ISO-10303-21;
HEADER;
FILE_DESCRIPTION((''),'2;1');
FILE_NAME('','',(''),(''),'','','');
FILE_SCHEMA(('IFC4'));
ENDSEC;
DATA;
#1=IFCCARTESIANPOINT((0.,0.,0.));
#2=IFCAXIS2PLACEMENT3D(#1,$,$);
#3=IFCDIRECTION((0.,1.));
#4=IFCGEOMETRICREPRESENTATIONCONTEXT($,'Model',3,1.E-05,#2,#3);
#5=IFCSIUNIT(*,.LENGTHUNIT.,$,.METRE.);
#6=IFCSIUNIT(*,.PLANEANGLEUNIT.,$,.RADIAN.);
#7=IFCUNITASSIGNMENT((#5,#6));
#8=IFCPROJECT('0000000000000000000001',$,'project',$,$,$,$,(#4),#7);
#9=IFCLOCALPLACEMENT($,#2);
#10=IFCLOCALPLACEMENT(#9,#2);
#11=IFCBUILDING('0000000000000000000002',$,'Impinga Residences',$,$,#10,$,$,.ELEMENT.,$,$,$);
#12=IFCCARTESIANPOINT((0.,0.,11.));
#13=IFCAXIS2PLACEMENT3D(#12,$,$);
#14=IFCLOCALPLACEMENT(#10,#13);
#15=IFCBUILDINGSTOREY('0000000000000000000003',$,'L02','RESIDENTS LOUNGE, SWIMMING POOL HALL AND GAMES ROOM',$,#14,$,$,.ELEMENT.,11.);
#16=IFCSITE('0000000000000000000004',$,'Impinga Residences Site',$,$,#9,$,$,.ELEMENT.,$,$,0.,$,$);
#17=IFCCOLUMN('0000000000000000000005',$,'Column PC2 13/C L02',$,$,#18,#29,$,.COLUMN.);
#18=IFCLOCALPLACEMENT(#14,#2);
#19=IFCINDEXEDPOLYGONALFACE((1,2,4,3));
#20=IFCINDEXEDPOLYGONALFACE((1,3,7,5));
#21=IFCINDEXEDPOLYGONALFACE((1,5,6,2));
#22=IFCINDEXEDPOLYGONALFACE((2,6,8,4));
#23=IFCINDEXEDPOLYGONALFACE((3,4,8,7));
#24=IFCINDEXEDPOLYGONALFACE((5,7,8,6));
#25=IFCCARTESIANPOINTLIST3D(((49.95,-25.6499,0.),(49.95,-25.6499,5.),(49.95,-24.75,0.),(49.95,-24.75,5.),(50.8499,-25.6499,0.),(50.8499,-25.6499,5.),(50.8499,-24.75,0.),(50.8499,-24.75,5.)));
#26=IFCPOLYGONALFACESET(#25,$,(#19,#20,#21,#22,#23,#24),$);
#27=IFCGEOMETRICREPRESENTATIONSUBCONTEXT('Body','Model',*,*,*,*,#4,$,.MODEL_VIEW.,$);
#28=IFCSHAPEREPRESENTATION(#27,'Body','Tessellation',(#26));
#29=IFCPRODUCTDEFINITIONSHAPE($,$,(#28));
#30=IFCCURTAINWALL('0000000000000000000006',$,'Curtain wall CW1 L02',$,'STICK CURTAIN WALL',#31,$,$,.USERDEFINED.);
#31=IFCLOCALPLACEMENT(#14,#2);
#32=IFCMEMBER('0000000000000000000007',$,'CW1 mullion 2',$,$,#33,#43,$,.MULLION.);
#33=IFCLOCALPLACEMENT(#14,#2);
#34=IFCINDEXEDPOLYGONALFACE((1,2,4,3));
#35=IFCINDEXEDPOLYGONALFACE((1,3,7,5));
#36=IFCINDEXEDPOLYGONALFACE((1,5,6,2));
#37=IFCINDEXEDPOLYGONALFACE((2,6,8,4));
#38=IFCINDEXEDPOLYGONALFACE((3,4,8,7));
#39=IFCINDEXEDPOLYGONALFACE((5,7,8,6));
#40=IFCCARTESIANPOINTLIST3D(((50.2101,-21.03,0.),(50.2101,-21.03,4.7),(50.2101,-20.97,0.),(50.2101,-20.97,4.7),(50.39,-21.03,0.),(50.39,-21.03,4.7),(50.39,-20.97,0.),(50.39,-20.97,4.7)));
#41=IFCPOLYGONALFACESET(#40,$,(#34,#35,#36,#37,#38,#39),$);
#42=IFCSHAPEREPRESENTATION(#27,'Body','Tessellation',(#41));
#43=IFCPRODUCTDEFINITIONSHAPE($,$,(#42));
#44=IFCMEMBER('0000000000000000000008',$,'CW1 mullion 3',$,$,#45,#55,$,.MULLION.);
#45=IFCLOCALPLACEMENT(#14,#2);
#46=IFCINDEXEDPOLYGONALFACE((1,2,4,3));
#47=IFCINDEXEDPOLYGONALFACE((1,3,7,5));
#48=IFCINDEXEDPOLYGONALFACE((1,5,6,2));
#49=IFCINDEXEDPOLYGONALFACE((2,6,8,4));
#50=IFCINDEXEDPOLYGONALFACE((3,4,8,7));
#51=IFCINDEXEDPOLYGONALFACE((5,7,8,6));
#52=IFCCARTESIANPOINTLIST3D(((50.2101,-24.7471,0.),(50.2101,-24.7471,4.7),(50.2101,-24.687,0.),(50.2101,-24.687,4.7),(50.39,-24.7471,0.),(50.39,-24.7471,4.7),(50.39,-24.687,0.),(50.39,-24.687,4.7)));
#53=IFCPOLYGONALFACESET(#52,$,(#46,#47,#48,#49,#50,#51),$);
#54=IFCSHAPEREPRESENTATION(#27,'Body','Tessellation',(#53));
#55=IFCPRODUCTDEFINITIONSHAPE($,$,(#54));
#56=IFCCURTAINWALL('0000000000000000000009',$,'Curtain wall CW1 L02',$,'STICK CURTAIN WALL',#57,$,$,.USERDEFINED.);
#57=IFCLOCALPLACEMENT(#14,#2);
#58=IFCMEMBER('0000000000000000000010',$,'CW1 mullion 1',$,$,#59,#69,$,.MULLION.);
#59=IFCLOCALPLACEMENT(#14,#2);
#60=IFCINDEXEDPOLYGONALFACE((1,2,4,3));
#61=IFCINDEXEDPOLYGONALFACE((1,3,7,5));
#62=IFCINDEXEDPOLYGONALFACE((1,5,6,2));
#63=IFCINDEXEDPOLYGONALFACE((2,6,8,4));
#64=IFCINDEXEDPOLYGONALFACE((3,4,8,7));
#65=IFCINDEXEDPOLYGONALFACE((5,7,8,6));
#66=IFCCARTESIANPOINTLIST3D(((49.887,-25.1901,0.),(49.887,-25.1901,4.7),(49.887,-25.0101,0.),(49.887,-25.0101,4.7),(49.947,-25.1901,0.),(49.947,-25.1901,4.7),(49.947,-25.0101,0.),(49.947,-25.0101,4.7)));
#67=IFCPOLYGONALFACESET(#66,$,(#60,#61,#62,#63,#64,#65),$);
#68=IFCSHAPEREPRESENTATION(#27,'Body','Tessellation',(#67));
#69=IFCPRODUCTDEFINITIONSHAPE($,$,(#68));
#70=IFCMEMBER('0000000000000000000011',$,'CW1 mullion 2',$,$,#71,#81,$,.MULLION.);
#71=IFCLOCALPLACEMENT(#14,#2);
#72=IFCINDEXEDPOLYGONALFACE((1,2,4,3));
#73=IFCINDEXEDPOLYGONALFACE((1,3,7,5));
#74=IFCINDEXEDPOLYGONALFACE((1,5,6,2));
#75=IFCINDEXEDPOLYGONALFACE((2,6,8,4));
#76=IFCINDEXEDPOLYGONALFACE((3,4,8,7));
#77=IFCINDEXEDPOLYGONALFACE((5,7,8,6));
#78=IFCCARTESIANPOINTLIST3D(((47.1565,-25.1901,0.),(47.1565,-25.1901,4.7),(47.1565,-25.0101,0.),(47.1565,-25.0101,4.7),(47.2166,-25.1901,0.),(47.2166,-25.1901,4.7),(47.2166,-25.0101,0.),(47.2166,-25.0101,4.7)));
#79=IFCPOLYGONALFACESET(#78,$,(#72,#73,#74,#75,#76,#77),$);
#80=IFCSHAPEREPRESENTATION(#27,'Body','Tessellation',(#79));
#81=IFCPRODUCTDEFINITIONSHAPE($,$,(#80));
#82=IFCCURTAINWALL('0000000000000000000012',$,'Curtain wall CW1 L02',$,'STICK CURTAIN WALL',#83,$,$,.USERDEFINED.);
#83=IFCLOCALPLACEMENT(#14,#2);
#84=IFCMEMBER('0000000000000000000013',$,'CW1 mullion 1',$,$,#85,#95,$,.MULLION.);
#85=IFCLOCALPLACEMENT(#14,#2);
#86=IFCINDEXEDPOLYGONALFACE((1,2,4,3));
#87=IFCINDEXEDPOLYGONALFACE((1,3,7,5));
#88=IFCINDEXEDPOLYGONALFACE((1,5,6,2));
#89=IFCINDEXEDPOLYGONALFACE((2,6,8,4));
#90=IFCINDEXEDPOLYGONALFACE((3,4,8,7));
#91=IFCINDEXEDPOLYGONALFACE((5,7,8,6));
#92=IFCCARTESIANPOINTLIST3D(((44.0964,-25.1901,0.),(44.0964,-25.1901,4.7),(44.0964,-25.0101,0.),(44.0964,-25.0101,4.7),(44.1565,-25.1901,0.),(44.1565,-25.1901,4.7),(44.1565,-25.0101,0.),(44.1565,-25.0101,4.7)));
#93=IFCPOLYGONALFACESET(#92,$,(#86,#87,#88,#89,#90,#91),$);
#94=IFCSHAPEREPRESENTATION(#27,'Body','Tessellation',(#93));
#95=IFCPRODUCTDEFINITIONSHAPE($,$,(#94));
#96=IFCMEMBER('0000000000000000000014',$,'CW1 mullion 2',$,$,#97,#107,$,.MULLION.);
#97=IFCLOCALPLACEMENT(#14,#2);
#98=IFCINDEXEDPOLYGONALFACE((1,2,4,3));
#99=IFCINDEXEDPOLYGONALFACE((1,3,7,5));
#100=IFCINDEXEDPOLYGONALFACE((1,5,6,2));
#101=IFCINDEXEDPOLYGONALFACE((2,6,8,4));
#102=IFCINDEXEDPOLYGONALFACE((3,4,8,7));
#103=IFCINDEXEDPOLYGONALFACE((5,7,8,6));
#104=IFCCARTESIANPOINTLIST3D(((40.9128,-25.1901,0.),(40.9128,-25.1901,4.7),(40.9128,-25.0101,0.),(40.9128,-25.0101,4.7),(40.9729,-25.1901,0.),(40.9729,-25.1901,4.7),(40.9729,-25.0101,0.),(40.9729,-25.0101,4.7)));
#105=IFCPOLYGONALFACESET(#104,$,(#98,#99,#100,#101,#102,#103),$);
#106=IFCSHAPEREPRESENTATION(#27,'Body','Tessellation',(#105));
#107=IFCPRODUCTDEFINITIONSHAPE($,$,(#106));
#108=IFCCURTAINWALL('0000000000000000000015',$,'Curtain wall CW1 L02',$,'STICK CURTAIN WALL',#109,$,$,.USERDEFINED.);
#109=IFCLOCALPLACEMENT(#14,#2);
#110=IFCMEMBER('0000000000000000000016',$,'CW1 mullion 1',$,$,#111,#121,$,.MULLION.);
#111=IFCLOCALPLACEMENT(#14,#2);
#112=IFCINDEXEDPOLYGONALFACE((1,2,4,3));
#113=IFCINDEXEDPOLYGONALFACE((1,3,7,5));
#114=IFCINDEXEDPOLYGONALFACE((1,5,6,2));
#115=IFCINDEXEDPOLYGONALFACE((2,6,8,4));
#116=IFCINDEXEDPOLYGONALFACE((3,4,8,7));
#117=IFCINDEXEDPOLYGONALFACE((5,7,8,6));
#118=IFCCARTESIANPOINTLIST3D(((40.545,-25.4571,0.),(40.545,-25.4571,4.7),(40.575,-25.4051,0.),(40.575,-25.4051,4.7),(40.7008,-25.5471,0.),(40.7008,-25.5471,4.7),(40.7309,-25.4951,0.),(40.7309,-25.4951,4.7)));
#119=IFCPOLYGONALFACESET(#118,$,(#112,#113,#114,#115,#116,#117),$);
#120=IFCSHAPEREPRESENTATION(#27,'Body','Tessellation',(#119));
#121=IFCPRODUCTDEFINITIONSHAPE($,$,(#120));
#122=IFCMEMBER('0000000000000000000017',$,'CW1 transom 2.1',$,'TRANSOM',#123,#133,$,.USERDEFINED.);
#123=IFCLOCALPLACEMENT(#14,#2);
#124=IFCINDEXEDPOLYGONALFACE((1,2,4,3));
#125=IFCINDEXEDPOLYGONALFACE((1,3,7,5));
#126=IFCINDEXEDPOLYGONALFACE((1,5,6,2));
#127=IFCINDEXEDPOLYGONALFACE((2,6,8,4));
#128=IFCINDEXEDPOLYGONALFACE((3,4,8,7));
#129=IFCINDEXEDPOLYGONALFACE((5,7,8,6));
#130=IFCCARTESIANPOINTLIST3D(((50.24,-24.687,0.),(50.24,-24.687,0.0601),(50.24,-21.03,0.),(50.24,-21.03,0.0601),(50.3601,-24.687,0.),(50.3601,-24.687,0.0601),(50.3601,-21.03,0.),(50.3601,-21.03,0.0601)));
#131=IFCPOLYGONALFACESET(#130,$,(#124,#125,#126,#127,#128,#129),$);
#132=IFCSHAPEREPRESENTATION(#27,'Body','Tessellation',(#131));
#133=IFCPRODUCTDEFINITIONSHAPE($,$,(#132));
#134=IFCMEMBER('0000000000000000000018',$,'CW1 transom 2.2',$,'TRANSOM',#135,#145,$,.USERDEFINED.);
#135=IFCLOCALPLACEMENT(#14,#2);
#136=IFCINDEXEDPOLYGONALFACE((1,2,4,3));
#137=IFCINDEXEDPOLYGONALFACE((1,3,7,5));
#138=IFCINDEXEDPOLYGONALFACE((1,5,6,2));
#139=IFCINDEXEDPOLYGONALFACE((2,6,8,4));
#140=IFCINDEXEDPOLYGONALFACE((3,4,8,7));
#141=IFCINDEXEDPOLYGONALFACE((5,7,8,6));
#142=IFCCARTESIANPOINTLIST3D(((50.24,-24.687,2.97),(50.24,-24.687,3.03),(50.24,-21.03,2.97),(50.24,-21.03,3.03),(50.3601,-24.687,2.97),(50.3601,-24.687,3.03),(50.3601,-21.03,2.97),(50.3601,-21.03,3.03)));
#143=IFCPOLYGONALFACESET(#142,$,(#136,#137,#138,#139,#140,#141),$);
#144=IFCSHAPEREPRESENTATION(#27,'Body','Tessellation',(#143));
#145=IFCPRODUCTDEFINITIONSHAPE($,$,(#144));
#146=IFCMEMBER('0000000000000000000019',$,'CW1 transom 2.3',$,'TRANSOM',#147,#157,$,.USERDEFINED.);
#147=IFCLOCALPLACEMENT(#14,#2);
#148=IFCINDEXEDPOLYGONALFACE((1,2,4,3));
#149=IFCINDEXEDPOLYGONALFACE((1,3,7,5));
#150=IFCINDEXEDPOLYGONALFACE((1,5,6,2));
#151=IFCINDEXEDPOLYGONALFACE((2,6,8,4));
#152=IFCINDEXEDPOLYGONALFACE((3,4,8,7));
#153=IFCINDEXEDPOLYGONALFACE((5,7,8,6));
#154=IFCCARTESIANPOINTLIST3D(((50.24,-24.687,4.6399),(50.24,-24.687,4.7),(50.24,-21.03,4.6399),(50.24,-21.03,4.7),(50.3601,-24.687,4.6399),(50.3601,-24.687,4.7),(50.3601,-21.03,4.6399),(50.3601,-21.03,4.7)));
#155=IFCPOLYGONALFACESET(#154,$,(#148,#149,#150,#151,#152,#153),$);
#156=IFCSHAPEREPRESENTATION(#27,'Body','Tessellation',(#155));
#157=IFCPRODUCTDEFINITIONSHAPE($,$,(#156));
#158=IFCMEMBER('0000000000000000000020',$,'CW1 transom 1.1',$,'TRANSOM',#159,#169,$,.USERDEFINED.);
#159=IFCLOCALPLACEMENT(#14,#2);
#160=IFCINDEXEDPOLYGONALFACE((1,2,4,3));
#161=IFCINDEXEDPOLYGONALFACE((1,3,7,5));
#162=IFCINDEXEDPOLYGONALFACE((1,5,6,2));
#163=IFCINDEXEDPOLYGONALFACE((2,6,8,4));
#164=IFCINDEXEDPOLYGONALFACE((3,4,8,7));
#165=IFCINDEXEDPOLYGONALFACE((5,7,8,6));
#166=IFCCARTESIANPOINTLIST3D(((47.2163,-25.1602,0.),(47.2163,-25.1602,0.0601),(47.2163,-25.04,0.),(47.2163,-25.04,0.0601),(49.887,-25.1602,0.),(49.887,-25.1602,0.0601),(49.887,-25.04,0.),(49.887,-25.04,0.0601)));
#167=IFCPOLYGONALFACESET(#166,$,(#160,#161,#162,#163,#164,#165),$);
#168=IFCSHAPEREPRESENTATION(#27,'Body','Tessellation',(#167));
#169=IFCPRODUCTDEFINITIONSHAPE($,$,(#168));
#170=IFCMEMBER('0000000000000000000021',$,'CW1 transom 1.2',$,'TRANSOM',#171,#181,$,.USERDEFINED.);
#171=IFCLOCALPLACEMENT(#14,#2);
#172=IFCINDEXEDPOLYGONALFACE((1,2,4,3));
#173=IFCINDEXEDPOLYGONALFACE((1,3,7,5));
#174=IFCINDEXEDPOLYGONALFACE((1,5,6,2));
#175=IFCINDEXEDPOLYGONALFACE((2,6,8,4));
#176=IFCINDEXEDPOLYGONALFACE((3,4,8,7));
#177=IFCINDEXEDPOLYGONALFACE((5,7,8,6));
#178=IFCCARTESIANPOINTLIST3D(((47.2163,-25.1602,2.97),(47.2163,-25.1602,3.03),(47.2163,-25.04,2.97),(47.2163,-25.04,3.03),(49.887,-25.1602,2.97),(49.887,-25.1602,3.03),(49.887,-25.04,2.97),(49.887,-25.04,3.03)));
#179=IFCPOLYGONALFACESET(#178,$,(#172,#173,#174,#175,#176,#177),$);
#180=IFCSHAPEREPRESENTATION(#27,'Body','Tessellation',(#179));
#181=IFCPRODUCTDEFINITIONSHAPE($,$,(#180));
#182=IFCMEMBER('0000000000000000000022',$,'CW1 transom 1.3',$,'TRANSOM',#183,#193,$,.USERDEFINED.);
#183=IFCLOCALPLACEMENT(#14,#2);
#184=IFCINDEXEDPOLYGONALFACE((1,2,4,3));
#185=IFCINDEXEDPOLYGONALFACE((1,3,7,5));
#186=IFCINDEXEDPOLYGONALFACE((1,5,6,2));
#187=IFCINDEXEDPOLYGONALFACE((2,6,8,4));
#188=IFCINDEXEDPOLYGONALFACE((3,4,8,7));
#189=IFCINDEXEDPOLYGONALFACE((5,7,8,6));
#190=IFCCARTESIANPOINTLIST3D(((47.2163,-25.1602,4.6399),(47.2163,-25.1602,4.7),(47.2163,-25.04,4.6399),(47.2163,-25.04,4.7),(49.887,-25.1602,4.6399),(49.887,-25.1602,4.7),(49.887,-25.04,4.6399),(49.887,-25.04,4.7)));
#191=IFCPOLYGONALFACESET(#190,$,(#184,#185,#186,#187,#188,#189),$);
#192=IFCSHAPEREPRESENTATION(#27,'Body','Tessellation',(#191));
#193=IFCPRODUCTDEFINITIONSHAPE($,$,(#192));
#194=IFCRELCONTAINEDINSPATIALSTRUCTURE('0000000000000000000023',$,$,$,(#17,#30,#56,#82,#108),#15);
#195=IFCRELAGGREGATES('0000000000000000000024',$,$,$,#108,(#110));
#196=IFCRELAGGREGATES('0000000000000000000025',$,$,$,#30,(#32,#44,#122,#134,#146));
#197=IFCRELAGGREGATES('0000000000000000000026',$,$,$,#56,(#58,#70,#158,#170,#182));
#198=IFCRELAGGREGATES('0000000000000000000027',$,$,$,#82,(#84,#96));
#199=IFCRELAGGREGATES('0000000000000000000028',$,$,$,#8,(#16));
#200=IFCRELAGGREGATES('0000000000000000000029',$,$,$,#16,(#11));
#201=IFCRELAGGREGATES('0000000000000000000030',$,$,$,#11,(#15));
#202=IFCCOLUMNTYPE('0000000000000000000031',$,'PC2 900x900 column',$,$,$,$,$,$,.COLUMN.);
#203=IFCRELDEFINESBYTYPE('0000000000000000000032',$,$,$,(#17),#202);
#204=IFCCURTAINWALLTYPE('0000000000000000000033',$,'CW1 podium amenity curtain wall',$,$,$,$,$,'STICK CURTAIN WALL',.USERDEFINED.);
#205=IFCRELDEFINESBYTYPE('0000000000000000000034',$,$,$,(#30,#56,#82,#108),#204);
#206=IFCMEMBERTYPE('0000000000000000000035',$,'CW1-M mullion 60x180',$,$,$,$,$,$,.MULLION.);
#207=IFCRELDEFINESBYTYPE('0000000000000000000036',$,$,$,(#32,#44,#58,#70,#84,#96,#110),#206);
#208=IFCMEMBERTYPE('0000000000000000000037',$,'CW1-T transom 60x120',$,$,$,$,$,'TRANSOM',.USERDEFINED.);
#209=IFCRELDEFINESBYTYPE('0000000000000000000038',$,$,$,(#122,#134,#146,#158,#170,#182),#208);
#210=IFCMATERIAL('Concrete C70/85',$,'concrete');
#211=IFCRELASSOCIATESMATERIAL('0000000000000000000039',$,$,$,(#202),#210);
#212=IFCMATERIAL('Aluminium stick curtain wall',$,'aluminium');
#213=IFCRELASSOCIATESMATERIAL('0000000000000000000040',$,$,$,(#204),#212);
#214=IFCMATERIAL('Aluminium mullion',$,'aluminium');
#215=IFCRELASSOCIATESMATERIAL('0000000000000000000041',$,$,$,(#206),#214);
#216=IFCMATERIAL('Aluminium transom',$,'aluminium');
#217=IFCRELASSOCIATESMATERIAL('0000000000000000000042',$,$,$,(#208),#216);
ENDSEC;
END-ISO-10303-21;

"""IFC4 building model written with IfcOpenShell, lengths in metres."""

from ifc_helpers import new_model, si_unit, direction, frame, origin, origin_2d, place, context, subcontext, project, spatial, rectangle, extrude, material, material_profile, profile_set, type_object, element, aggregate, save


model = new_model("IFC4")

# Units and contexts
model_context = context("Model", 3, precision=1e-05, world=origin(), true_north=direction((0.0, 1.0)))
body_context = subcontext(model_context, "Body", "Model", "MODEL_VIEW")
ifc_project = project(units=[si_unit("LENGTHUNIT", "METRE"), si_unit("PLANEANGLEUNIT", "RADIAN")], contexts=[model_context])

# Site, building, storey
site_placement = place(None, origin())
site = spatial("IfcSite", under=ifc_project, at=site_placement, Name="Impinga Residences Site", CompositionType="ELEMENT", RefElevation=0.0)
building_placement = place(site_placement, origin())
building = spatial("IfcBuilding", under=site, at=building_placement, Name="Impinga Residences", CompositionType="ELEMENT")
storey_placement = place(building_placement, frame((0.0, 0.0, 11.0)))
storey = spatial("IfcBuildingStorey", under=building, at=storey_placement, Name="L02", Description="RESIDENTS LOUNGE, SWIMMING POOL HALL AND GAMES ROOM", CompositionType="ELEMENT", Elevation=11.0)

# Column
ifc_material_1 = material(Name="Concrete C70/85", Category="concrete")
ifc_material_profile_1 = material_profile(ifc_material_1, rectangle(XDim=0.8999, YDim=0.8999, at=origin_2d()), Name="RC 900x900")
ifc_profile_set_1 = profile_set([ifc_material_profile_1], Name="Concrete C70/85")
column_type = type_object("IfcColumnType", Name="PC2 900x900 column", PredefinedType="COLUMN", material=ifc_profile_set_1)
column_placement = place(storey_placement, frame((50.3999, -25.2, 0.0), z_axis=(0.0, 0.0, 1.0), x_axis=(1.0, 0.0, 0.0)))
element("IfcColumn", 1, at=column_placement, inside=storey, type_object=column_type, Name="Column PC2 13/C L02", PredefinedType="COLUMN", context=body_context, shape_type="SweptSolid", body=[
    extrude(rectangle(XDim=0.8999, YDim=0.8999, at=origin_2d()), origin(), (0.0, 0.0, 1.0), 5.0),
])

# Curtain walls, members
ifc_material_2 = material(Name="Aluminium stick curtain wall", Category="aluminium")
curtain_wall_type = type_object("IfcCurtainWallType", Name="CW1 podium amenity curtain wall", ElementType="STICK CURTAIN WALL", PredefinedType="USERDEFINED", material=ifc_material_2)
curtain_wall_1_placement = place(storey_placement, origin())
curtain_wall_1 = element("IfcCurtainWall", 2, at=curtain_wall_1_placement, inside=storey, type_object=curtain_wall_type, Name="Curtain wall CW1 L02", ObjectType="STICK CURTAIN WALL", PredefinedType="USERDEFINED")
ifc_material_3 = material(Name="Aluminium mullion", Category="aluminium")
ifc_material_profile_2 = material_profile(ifc_material_3, rectangle(XDim=0.0601, YDim=0.1799, at=origin_2d()), Name="60x180 mullion")
ifc_profile_set_2 = profile_set([ifc_material_profile_2], Name="Aluminium mullion")
member_type_1 = type_object("IfcMemberType", Name="CW1-M mullion 60x180", PredefinedType="MULLION", material=ifc_profile_set_2)
member_1_placement = place(storey_placement, frame((50.3, -21.0, 0.0), z_axis=(0.0, 0.0, 1.0), x_axis=(0.0, -1.0, 0.0)))
member_1 = element("IfcMember", 3, at=member_1_placement, type_object=member_type_1, Name="CW1 mullion 2", PredefinedType="MULLION", context=body_context, shape_type="SweptSolid", body=[
    extrude(rectangle(XDim=0.0601, YDim=0.1799, at=origin_2d()), origin(), (0.0, 0.0, 1.0), 4.7),
])
member_2_placement = place(storey_placement, frame((50.3, -24.717, 0.0), z_axis=(0.0, 0.0, 1.0), x_axis=(0.0, -1.0, 0.0)))
member_2 = element("IfcMember", 4, at=member_2_placement, type_object=member_type_1, Name="CW1 mullion 3", PredefinedType="MULLION", context=body_context, shape_type="SweptSolid", body=[
    extrude(rectangle(XDim=0.0601, YDim=0.1799, at=origin_2d()), origin(), (0.0, 0.0, 1.0), 4.7),
])
curtain_wall_2_placement = place(storey_placement, origin())
curtain_wall_2 = element("IfcCurtainWall", 5, at=curtain_wall_2_placement, inside=storey, type_object=curtain_wall_type, Name="Curtain wall CW1 L02", ObjectType="STICK CURTAIN WALL", PredefinedType="USERDEFINED")
member_3_placement = place(storey_placement, frame((49.917, -25.1001, 0.0), z_axis=(0.0, 0.0, 1.0), x_axis=(-1.0, 0.0, 0.0)))
member_3 = element("IfcMember", 6, at=member_3_placement, type_object=member_type_1, Name="CW1 mullion 1", PredefinedType="MULLION", context=body_context, shape_type="SweptSolid", body=[
    extrude(rectangle(XDim=0.0601, YDim=0.1799, at=origin_2d()), origin(), (0.0, 0.0, 1.0), 4.7),
])
member_4_placement = place(storey_placement, frame((47.1865, -25.1001, 0.0), z_axis=(0.0, 0.0, 1.0), x_axis=(-1.0, 0.0, 0.0)))
member_4 = element("IfcMember", 7, at=member_4_placement, type_object=member_type_1, Name="CW1 mullion 2", PredefinedType="MULLION", context=body_context, shape_type="SweptSolid", body=[
    extrude(rectangle(XDim=0.0601, YDim=0.1799, at=origin_2d()), origin(), (0.0, 0.0, 1.0), 4.7),
])
curtain_wall_3_placement = place(storey_placement, origin())
curtain_wall_3 = element("IfcCurtainWall", 8, at=curtain_wall_3_placement, inside=storey, type_object=curtain_wall_type, Name="Curtain wall CW1 L02", ObjectType="STICK CURTAIN WALL", PredefinedType="USERDEFINED")
member_5_placement = place(storey_placement, frame((44.1265, -25.1001, 0.0), z_axis=(0.0, 0.0, 1.0), x_axis=(-1.0, 0.0, 0.0)))
member_5 = element("IfcMember", 9, at=member_5_placement, type_object=member_type_1, Name="CW1 mullion 1", PredefinedType="MULLION", context=body_context, shape_type="SweptSolid", body=[
    extrude(rectangle(XDim=0.0601, YDim=0.1799, at=origin_2d()), origin(), (0.0, 0.0, 1.0), 4.7),
])
member_6_placement = place(storey_placement, frame((40.9429, -25.1001, 0.0), z_axis=(0.0, 0.0, 1.0), x_axis=(-1.0, 0.0, 0.0)))
member_6 = element("IfcMember", 10, at=member_6_placement, type_object=member_type_1, Name="CW1 mullion 2", PredefinedType="MULLION", context=body_context, shape_type="SweptSolid", body=[
    extrude(rectangle(XDim=0.0601, YDim=0.1799, at=origin_2d()), origin(), (0.0, 0.0, 1.0), 4.7),
])

# Curtain wall, member
curtain_wall_4_placement = place(storey_placement, origin())
curtain_wall_4 = element("IfcCurtainWall", 11, at=curtain_wall_4_placement, inside=storey, type_object=curtain_wall_type, Name="Curtain wall CW1 L02", ObjectType="STICK CURTAIN WALL", PredefinedType="USERDEFINED")
member_7_placement = place(storey_placement, frame((40.6379, -25.4761, 0.0), z_axis=(0.0, 0.0, 1.0), x_axis=(-0.5, -0.866025, 0.0)))
member_7 = element("IfcMember", 12, at=member_7_placement, type_object=member_type_1, Name="CW1 mullion 1", PredefinedType="MULLION", context=body_context, shape_type="SweptSolid", body=[
    extrude(rectangle(XDim=0.0601, YDim=0.1799, at=origin_2d()), origin(), (0.0, 0.0, 1.0), 4.7),
])

# Members
ifc_material_4 = material(Name="Aluminium transom", Category="aluminium")
ifc_material_profile_3 = material_profile(ifc_material_4, rectangle(XDim=0.0601, YDim=0.1201, at=origin_2d()), Name="60x120 transom")
ifc_profile_set_3 = profile_set([ifc_material_profile_3], Name="Aluminium transom")
member_type_2 = type_object("IfcMemberType", Name="CW1-T transom 60x120", ElementType="TRANSOM", PredefinedType="USERDEFINED", material=ifc_profile_set_3)
member_8_placement = place(storey_placement, frame((50.3, -21.03, 0.03), z_axis=(0.0, -1.0, 0.0), x_axis=(0.0, 0.0, 1.0)))
member_8 = element("IfcMember", 13, at=member_8_placement, type_object=member_type_2, Name="CW1 transom 2.1", ObjectType="TRANSOM", PredefinedType="USERDEFINED", context=body_context, shape_type="SweptSolid", body=[
    extrude(rectangle(XDim=0.0601, YDim=0.1201, at=origin_2d()), origin(), (0.0, 0.0, 1.0), 3.657),
])
member_9_placement = place(storey_placement, frame((50.3, -21.03, 3.0), z_axis=(0.0, -1.0, 0.0), x_axis=(0.0, 0.0, 1.0)))
member_9 = element("IfcMember", 14, at=member_9_placement, type_object=member_type_2, Name="CW1 transom 2.2", ObjectType="TRANSOM", PredefinedType="USERDEFINED", context=body_context, shape_type="SweptSolid", body=[
    extrude(rectangle(XDim=0.0601, YDim=0.1201, at=origin_2d()), origin(), (0.0, 0.0, 1.0), 3.657),
])
member_10_placement = place(storey_placement, frame((50.3, -21.03, 4.6699), z_axis=(0.0, -1.0, 0.0), x_axis=(0.0, 0.0, 1.0)))
member_10 = element("IfcMember", 15, at=member_10_placement, type_object=member_type_2, Name="CW1 transom 2.3", ObjectType="TRANSOM", PredefinedType="USERDEFINED", context=body_context, shape_type="SweptSolid", body=[
    extrude(rectangle(XDim=0.0601, YDim=0.1201, at=origin_2d()), origin(), (0.0, 0.0, 1.0), 3.657),
])
member_11_placement = place(storey_placement, frame((49.887, -25.1001, 0.03), z_axis=(-1.0, 0.0, 0.0), x_axis=(0.0, 0.0, 1.0)))
member_11 = element("IfcMember", 16, at=member_11_placement, type_object=member_type_2, Name="CW1 transom 1.1", ObjectType="TRANSOM", PredefinedType="USERDEFINED", context=body_context, shape_type="SweptSolid", body=[
    extrude(rectangle(XDim=0.0601, YDim=0.1201, at=origin_2d()), origin(), (0.0, 0.0, 1.0), 2.6707),
])
member_12_placement = place(storey_placement, frame((49.887, -25.1001, 3.0), z_axis=(-1.0, 0.0, 0.0), x_axis=(0.0, 0.0, 1.0)))
member_12 = element("IfcMember", 17, at=member_12_placement, type_object=member_type_2, Name="CW1 transom 1.2", ObjectType="TRANSOM", PredefinedType="USERDEFINED", context=body_context, shape_type="SweptSolid", body=[
    extrude(rectangle(XDim=0.0601, YDim=0.1201, at=origin_2d()), origin(), (0.0, 0.0, 1.0), 2.6707),
])
member_13_placement = place(storey_placement, frame((49.887, -25.1001, 4.6699), z_axis=(-1.0, 0.0, 0.0), x_axis=(0.0, 0.0, 1.0)))
member_13 = element("IfcMember", 18, at=member_13_placement, type_object=member_type_2, Name="CW1 transom 1.3", ObjectType="TRANSOM", PredefinedType="USERDEFINED", context=body_context, shape_type="SweptSolid", body=[
    extrude(rectangle(XDim=0.0601, YDim=0.1201, at=origin_2d()), origin(), (0.0, 0.0, 1.0), 2.6707),
])
aggregate(curtain_wall_4, [member_7])

aggregate(curtain_wall_1, [member_1, member_2, member_8, member_9, member_10])
aggregate(curtain_wall_2, [member_3, member_4, member_11, member_12, member_13])
aggregate(curtain_wall_3, [member_5, member_6])

save(model, "model.ifc")
